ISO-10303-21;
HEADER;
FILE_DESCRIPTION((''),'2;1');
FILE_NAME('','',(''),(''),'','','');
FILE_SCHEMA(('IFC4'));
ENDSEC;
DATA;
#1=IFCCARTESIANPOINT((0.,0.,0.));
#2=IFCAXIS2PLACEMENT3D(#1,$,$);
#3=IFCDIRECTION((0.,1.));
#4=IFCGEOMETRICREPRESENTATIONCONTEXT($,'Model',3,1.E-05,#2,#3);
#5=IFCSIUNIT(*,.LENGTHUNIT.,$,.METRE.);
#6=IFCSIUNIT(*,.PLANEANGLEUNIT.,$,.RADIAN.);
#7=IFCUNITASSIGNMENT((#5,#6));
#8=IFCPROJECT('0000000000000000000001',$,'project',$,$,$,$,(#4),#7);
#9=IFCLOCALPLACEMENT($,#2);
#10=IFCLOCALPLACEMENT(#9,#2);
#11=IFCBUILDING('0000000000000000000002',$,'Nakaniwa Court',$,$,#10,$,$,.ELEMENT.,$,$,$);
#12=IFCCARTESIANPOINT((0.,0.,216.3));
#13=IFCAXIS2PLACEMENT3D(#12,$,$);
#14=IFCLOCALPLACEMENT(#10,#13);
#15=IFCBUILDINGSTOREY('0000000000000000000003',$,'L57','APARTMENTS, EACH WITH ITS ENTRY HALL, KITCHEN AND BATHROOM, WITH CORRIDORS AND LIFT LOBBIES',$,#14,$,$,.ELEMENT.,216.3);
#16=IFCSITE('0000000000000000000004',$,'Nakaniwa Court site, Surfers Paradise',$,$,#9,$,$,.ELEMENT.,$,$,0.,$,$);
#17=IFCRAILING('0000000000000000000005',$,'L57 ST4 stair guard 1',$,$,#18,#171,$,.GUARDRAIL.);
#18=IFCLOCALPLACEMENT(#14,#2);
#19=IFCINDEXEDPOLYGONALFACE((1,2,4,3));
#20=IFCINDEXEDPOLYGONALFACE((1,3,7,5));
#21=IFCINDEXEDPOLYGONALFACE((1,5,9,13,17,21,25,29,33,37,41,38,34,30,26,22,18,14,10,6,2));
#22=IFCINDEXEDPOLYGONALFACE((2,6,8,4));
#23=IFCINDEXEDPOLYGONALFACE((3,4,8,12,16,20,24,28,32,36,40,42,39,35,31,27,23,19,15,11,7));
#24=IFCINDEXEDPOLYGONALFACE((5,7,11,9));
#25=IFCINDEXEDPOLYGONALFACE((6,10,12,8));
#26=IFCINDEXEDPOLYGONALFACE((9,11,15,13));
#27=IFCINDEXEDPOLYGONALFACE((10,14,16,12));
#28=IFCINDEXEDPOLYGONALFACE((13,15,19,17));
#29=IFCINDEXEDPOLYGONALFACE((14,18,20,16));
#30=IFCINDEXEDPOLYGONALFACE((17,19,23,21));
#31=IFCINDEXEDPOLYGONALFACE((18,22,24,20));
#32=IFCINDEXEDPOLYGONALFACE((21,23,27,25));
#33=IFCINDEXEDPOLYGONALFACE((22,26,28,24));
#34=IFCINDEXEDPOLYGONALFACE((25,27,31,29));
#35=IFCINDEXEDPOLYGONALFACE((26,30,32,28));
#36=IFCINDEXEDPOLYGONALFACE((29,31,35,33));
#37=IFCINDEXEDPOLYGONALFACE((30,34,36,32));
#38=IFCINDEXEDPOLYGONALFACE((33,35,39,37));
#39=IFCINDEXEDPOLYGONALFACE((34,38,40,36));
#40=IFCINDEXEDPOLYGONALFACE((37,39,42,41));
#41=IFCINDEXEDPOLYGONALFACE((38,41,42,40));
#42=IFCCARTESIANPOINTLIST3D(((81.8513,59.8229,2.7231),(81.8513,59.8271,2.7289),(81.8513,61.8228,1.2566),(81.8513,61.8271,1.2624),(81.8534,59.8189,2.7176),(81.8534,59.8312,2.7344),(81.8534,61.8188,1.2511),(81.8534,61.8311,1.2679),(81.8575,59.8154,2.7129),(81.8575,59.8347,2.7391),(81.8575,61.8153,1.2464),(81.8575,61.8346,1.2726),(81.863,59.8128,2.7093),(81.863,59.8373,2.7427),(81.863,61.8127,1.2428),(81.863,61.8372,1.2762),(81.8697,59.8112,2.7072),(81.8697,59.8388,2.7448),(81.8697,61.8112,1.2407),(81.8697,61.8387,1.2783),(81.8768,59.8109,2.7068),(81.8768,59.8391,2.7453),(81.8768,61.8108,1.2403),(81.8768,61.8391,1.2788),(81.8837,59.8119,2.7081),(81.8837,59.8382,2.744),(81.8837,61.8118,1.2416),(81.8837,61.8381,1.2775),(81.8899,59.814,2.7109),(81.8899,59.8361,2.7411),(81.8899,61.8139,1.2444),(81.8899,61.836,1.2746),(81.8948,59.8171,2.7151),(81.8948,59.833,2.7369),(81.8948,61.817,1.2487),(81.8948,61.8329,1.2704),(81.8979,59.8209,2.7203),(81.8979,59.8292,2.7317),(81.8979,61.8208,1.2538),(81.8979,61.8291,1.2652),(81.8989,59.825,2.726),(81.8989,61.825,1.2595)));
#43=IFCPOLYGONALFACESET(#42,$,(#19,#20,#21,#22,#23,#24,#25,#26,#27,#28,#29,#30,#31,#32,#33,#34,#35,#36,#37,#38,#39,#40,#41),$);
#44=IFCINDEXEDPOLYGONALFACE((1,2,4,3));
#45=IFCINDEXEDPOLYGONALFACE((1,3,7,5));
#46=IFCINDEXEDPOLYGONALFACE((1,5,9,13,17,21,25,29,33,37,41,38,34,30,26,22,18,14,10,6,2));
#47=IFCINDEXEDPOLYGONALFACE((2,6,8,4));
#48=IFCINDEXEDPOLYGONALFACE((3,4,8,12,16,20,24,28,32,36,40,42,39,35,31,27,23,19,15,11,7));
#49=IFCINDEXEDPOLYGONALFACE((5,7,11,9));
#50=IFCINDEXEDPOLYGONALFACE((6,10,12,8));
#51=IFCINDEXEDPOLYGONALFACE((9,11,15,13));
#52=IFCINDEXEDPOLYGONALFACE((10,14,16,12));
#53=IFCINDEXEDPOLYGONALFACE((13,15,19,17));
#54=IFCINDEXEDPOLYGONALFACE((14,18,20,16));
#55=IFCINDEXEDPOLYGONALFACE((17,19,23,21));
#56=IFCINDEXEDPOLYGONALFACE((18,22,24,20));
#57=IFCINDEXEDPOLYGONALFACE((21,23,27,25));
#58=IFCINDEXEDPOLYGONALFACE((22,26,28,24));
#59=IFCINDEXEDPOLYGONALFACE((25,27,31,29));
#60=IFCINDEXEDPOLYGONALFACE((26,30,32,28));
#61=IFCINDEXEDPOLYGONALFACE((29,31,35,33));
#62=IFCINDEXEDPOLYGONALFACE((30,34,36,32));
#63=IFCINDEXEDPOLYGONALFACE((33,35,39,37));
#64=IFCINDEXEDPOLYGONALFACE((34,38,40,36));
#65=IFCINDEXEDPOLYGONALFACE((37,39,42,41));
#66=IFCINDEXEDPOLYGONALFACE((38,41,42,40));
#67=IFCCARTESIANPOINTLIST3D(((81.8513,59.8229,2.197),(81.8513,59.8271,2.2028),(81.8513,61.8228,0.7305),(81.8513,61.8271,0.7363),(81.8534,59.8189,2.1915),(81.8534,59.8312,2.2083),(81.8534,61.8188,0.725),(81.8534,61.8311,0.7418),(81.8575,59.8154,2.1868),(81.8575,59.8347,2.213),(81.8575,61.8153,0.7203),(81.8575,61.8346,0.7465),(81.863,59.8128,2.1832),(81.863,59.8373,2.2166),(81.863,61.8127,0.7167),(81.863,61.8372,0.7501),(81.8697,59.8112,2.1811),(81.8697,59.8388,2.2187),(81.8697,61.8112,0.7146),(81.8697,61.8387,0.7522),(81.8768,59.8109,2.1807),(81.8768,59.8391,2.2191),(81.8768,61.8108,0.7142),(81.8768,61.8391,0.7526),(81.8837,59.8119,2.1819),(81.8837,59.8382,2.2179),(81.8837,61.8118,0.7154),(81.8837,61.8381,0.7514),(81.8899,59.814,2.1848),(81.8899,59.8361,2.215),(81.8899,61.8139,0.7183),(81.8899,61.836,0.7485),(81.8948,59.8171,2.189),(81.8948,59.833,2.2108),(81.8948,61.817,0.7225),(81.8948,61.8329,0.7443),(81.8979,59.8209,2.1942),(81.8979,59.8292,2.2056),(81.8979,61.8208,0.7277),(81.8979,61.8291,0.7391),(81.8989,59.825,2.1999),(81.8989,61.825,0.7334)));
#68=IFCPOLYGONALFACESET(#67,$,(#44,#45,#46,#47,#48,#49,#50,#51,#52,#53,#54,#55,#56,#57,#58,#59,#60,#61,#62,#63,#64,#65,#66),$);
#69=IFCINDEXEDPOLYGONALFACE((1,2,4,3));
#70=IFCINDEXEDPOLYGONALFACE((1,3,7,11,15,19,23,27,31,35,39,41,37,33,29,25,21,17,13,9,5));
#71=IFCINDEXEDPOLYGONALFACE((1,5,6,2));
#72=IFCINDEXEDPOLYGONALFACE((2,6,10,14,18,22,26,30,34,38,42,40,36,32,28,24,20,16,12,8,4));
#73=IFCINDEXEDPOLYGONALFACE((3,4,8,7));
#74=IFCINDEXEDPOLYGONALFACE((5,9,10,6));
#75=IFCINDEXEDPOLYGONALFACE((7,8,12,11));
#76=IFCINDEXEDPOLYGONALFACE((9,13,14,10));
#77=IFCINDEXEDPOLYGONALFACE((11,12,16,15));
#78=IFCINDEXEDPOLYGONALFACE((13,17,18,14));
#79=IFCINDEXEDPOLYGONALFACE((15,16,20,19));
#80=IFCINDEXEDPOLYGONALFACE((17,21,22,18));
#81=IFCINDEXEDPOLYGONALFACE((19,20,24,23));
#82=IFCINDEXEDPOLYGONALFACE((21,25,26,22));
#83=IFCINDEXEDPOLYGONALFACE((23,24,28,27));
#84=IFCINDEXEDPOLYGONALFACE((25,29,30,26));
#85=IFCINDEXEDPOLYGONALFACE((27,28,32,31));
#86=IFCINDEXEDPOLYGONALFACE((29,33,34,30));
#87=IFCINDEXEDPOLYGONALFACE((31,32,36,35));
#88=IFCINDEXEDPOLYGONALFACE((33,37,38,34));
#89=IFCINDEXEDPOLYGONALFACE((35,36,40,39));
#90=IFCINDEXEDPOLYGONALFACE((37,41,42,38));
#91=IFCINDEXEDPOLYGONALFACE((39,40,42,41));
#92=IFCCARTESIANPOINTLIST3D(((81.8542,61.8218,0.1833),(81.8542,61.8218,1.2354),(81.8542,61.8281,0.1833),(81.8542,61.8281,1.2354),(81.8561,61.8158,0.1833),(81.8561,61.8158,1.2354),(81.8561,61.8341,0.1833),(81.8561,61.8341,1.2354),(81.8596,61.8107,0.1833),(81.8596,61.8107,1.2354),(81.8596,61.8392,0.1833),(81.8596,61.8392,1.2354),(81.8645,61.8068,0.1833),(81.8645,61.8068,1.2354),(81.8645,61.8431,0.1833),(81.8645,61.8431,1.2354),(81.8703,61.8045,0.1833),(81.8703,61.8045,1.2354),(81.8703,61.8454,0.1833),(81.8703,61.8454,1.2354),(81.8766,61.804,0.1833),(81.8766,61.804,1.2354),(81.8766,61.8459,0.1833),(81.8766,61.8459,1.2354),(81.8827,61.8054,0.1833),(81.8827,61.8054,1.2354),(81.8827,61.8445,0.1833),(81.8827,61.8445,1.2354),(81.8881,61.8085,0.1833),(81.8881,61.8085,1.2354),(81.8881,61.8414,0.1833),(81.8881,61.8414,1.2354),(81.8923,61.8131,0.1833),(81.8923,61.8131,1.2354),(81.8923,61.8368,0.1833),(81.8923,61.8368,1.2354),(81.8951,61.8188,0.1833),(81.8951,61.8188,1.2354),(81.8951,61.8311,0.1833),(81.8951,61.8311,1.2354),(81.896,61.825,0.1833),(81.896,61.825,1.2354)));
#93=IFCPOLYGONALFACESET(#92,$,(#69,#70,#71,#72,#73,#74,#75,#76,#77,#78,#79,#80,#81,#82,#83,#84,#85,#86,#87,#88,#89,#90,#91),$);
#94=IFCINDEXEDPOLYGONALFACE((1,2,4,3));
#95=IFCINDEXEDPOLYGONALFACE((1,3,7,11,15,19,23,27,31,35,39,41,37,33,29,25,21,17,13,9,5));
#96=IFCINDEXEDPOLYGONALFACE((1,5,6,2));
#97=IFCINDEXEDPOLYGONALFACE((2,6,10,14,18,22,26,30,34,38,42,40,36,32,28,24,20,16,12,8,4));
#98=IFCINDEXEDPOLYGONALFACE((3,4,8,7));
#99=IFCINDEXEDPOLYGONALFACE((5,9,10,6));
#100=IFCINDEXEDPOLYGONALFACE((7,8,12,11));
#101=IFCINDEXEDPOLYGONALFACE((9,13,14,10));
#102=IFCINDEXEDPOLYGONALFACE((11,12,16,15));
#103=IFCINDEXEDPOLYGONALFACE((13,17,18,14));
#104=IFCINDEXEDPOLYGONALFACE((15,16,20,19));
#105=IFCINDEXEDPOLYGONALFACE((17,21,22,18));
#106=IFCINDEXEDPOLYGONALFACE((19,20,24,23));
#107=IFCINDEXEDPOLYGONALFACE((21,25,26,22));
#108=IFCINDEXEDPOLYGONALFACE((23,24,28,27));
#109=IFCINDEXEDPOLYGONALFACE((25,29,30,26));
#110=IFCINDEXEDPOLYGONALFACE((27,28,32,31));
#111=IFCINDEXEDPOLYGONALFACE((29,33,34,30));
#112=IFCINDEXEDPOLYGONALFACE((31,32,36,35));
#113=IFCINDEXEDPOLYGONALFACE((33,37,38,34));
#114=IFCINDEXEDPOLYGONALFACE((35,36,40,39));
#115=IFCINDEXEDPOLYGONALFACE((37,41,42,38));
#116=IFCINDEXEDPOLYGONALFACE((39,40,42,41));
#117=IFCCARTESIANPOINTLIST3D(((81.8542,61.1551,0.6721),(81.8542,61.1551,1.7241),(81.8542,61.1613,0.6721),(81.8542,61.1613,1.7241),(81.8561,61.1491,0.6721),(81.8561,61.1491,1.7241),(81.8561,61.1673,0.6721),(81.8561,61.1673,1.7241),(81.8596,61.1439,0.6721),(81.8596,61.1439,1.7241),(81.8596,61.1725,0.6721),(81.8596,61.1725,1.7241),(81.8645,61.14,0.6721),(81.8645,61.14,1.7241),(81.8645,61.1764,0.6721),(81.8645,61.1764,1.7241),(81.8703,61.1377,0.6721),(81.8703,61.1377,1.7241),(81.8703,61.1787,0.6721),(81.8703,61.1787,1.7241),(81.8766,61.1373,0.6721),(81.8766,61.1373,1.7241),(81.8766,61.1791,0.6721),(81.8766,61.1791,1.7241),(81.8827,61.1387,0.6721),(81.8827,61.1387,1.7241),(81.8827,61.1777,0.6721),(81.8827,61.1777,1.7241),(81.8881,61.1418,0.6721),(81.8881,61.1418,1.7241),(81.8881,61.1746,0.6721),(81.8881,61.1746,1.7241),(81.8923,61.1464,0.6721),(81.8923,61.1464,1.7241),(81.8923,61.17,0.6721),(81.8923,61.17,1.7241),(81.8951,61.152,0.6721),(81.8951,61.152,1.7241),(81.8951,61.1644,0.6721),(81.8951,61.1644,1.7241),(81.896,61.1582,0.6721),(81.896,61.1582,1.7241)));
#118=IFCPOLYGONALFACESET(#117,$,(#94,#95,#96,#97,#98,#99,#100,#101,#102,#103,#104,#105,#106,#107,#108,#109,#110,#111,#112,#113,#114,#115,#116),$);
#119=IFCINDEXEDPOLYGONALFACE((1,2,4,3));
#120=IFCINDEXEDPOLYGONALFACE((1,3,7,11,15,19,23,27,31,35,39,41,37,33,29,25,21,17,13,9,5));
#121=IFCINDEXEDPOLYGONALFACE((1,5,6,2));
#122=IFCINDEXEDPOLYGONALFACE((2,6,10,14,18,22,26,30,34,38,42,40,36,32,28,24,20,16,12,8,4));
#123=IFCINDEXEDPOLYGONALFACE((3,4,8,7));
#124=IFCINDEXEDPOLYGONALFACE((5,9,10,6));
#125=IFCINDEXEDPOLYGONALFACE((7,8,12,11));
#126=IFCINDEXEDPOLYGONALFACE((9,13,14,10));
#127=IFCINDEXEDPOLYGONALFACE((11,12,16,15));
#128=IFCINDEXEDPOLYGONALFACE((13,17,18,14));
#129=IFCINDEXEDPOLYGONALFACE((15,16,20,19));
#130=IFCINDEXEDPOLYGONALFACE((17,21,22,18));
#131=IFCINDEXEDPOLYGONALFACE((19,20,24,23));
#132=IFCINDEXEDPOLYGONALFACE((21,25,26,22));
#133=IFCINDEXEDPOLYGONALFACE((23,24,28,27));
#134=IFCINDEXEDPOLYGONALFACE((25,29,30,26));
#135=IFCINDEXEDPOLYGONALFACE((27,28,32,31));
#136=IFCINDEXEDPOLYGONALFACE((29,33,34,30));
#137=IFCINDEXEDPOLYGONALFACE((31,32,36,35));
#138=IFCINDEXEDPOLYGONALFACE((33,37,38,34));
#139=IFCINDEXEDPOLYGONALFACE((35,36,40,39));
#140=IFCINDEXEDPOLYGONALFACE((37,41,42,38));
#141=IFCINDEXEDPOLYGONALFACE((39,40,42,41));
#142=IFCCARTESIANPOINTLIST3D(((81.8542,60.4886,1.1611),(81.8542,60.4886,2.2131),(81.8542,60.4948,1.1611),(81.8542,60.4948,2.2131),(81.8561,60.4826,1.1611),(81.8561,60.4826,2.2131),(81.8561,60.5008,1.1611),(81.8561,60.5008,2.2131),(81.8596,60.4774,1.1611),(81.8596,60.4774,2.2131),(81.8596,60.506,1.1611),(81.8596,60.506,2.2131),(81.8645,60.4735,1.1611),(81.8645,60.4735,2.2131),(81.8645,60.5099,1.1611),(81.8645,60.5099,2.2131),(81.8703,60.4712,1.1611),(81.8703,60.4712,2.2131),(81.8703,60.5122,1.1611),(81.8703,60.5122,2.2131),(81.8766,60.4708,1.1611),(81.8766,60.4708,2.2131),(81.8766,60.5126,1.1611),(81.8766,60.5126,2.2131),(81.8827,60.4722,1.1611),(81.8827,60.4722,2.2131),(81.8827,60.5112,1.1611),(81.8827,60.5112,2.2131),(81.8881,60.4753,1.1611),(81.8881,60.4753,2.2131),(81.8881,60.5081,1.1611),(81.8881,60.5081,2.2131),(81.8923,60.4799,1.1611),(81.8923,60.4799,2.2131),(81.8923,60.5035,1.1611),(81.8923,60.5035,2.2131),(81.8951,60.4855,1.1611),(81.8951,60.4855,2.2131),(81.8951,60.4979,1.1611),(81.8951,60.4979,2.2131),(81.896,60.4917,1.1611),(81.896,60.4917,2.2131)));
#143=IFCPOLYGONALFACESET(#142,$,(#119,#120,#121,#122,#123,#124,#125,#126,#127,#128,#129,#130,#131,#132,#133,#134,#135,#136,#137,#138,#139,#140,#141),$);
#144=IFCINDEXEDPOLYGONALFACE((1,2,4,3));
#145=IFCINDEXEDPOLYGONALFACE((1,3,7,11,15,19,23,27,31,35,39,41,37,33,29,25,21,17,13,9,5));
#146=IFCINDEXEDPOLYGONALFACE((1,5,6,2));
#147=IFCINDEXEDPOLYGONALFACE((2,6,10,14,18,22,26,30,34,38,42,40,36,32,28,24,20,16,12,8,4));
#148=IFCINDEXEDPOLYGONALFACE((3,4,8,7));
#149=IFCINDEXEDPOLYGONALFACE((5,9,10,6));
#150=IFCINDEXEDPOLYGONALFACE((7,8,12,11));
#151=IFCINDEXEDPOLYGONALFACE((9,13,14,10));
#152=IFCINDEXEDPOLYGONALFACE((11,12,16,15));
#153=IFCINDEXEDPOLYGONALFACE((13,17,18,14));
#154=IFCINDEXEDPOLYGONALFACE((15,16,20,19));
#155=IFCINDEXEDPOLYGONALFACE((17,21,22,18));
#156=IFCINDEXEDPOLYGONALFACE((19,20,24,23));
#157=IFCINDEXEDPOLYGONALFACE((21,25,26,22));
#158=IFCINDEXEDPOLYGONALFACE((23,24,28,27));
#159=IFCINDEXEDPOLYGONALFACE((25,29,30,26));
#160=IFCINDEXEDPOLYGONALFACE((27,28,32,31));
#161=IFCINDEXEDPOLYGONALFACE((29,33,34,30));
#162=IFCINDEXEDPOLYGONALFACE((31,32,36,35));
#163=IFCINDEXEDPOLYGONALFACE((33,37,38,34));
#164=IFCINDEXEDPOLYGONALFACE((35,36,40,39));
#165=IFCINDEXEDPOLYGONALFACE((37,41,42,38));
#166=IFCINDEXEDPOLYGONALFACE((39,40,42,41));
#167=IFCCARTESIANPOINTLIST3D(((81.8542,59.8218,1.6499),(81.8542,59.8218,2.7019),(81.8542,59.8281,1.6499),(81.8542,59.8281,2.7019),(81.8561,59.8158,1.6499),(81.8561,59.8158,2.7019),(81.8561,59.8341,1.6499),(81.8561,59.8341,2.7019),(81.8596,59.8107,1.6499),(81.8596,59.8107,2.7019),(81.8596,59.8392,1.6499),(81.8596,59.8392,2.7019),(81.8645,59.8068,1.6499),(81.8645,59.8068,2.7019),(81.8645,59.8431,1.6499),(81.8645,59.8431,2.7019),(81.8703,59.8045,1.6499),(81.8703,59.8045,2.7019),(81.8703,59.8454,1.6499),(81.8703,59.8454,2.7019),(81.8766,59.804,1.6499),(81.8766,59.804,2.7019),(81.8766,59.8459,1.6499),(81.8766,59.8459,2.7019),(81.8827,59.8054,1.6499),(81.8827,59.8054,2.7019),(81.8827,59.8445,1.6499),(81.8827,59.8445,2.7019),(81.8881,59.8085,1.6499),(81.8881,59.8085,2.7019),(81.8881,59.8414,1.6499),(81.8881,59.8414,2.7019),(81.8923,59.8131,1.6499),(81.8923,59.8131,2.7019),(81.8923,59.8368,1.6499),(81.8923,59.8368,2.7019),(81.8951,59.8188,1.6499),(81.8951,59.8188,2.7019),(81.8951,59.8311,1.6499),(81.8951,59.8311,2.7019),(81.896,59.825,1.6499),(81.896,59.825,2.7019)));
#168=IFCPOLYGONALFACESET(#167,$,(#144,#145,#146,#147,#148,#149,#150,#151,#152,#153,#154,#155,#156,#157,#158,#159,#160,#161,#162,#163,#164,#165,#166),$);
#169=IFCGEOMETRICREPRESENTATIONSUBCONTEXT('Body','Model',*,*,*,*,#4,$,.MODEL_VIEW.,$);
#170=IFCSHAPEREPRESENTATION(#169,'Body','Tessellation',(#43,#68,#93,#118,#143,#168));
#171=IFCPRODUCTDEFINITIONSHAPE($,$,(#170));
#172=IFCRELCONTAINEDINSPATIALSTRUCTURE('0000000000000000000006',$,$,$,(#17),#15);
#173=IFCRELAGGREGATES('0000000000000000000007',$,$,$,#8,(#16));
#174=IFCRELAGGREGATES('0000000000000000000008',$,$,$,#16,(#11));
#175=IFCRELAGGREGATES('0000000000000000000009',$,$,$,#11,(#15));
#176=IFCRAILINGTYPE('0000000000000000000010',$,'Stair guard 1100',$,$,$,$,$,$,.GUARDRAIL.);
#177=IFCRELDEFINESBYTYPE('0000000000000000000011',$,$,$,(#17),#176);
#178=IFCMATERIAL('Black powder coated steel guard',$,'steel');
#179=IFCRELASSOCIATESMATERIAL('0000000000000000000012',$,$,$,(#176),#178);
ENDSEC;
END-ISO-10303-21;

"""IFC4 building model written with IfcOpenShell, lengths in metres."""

from ifc_helpers import new_model, si_unit, direction, frame, origin, origin_2d, place, context, subcontext, project, spatial, circle, extrude, material, type_object, element, save


model = new_model("IFC4")

# Units and contexts
model_context = context("Model", 3, precision=1e-05, world=origin(), true_north=direction((0.0, 1.0)))
body_context = subcontext(model_context, "Body", "Model", "MODEL_VIEW")
ifc_project = project(units=[si_unit("LENGTHUNIT", "METRE"), si_unit("PLANEANGLEUNIT", "RADIAN")], contexts=[model_context])

# Site, building, storey
site_placement = place(None, origin())
site = spatial("IfcSite", under=ifc_project, at=site_placement, Name="Nakaniwa Court site, Surfers Paradise", CompositionType="ELEMENT", RefElevation=0.0)
building_placement = place(site_placement, origin())
building = spatial("IfcBuilding", under=site, at=building_placement, Name="Nakaniwa Court", CompositionType="ELEMENT")
storey_placement = place(building_placement, frame((0.0, 0.0, 216.3)))
storey = spatial("IfcBuildingStorey", under=building, at=storey_placement, Name="L57", Description="APARTMENTS, EACH WITH ITS ENTRY HALL, KITCHEN AND BATHROOM, WITH CORRIDORS AND LIFT LOBBIES", CompositionType="ELEMENT", Elevation=216.3)

# Railing
ifc_material_1 = material(Name="Black powder coated steel guard", Category="steel")
railing_type_1 = type_object("IfcRailingType", Name="Stair guard 1100", PredefinedType="GUARDRAIL", material=ifc_material_1)
railing_1_placement = place(storey_placement, frame((81.875, 61.825, 0.1833)))
element("IfcRailing", 1, at=railing_1_placement, inside=storey, type_object=railing_type_1, Name="L57 ST4 stair guard 1", PredefinedType="GUARDRAIL", context=body_context, shape_type="SweptSolid", body=[
    extrude(circle(Radius=0.0239, at=origin_2d()), frame((0.0, 0.0, 1.0762), z_axis=(0.0, -0.806427, 0.591334), x_axis=(1.0, 0.0, 0.0)), (0.0, 0.0, 1.0), 2.48),
    extrude(circle(Radius=0.0239, at=origin_2d()), frame((0.0, 0.0, 0.55), z_axis=(0.0, -0.806427, 0.591334), x_axis=(1.0, 0.0, 0.0)), (0.0, 0.0, 1.0), 2.48),
    extrude(circle(Radius=0.021, at=origin_2d()), origin(), (0.0, 0.0, 1.0), 1.052),
    extrude(circle(Radius=0.021, at=origin_2d()), frame((0.0, -0.6667, 0.4888)), (0.0, 0.0, 1.0), 1.052),
    extrude(circle(Radius=0.021, at=origin_2d()), frame((0.0, -1.3333, 0.9778)), (0.0, 0.0, 1.0), 1.052),
    extrude(circle(Radius=0.021, at=origin_2d()), frame((0.0, -2.0, 1.4666)), (0.0, 0.0, 1.0), 1.052),
])

save(model, "model.ifc")
